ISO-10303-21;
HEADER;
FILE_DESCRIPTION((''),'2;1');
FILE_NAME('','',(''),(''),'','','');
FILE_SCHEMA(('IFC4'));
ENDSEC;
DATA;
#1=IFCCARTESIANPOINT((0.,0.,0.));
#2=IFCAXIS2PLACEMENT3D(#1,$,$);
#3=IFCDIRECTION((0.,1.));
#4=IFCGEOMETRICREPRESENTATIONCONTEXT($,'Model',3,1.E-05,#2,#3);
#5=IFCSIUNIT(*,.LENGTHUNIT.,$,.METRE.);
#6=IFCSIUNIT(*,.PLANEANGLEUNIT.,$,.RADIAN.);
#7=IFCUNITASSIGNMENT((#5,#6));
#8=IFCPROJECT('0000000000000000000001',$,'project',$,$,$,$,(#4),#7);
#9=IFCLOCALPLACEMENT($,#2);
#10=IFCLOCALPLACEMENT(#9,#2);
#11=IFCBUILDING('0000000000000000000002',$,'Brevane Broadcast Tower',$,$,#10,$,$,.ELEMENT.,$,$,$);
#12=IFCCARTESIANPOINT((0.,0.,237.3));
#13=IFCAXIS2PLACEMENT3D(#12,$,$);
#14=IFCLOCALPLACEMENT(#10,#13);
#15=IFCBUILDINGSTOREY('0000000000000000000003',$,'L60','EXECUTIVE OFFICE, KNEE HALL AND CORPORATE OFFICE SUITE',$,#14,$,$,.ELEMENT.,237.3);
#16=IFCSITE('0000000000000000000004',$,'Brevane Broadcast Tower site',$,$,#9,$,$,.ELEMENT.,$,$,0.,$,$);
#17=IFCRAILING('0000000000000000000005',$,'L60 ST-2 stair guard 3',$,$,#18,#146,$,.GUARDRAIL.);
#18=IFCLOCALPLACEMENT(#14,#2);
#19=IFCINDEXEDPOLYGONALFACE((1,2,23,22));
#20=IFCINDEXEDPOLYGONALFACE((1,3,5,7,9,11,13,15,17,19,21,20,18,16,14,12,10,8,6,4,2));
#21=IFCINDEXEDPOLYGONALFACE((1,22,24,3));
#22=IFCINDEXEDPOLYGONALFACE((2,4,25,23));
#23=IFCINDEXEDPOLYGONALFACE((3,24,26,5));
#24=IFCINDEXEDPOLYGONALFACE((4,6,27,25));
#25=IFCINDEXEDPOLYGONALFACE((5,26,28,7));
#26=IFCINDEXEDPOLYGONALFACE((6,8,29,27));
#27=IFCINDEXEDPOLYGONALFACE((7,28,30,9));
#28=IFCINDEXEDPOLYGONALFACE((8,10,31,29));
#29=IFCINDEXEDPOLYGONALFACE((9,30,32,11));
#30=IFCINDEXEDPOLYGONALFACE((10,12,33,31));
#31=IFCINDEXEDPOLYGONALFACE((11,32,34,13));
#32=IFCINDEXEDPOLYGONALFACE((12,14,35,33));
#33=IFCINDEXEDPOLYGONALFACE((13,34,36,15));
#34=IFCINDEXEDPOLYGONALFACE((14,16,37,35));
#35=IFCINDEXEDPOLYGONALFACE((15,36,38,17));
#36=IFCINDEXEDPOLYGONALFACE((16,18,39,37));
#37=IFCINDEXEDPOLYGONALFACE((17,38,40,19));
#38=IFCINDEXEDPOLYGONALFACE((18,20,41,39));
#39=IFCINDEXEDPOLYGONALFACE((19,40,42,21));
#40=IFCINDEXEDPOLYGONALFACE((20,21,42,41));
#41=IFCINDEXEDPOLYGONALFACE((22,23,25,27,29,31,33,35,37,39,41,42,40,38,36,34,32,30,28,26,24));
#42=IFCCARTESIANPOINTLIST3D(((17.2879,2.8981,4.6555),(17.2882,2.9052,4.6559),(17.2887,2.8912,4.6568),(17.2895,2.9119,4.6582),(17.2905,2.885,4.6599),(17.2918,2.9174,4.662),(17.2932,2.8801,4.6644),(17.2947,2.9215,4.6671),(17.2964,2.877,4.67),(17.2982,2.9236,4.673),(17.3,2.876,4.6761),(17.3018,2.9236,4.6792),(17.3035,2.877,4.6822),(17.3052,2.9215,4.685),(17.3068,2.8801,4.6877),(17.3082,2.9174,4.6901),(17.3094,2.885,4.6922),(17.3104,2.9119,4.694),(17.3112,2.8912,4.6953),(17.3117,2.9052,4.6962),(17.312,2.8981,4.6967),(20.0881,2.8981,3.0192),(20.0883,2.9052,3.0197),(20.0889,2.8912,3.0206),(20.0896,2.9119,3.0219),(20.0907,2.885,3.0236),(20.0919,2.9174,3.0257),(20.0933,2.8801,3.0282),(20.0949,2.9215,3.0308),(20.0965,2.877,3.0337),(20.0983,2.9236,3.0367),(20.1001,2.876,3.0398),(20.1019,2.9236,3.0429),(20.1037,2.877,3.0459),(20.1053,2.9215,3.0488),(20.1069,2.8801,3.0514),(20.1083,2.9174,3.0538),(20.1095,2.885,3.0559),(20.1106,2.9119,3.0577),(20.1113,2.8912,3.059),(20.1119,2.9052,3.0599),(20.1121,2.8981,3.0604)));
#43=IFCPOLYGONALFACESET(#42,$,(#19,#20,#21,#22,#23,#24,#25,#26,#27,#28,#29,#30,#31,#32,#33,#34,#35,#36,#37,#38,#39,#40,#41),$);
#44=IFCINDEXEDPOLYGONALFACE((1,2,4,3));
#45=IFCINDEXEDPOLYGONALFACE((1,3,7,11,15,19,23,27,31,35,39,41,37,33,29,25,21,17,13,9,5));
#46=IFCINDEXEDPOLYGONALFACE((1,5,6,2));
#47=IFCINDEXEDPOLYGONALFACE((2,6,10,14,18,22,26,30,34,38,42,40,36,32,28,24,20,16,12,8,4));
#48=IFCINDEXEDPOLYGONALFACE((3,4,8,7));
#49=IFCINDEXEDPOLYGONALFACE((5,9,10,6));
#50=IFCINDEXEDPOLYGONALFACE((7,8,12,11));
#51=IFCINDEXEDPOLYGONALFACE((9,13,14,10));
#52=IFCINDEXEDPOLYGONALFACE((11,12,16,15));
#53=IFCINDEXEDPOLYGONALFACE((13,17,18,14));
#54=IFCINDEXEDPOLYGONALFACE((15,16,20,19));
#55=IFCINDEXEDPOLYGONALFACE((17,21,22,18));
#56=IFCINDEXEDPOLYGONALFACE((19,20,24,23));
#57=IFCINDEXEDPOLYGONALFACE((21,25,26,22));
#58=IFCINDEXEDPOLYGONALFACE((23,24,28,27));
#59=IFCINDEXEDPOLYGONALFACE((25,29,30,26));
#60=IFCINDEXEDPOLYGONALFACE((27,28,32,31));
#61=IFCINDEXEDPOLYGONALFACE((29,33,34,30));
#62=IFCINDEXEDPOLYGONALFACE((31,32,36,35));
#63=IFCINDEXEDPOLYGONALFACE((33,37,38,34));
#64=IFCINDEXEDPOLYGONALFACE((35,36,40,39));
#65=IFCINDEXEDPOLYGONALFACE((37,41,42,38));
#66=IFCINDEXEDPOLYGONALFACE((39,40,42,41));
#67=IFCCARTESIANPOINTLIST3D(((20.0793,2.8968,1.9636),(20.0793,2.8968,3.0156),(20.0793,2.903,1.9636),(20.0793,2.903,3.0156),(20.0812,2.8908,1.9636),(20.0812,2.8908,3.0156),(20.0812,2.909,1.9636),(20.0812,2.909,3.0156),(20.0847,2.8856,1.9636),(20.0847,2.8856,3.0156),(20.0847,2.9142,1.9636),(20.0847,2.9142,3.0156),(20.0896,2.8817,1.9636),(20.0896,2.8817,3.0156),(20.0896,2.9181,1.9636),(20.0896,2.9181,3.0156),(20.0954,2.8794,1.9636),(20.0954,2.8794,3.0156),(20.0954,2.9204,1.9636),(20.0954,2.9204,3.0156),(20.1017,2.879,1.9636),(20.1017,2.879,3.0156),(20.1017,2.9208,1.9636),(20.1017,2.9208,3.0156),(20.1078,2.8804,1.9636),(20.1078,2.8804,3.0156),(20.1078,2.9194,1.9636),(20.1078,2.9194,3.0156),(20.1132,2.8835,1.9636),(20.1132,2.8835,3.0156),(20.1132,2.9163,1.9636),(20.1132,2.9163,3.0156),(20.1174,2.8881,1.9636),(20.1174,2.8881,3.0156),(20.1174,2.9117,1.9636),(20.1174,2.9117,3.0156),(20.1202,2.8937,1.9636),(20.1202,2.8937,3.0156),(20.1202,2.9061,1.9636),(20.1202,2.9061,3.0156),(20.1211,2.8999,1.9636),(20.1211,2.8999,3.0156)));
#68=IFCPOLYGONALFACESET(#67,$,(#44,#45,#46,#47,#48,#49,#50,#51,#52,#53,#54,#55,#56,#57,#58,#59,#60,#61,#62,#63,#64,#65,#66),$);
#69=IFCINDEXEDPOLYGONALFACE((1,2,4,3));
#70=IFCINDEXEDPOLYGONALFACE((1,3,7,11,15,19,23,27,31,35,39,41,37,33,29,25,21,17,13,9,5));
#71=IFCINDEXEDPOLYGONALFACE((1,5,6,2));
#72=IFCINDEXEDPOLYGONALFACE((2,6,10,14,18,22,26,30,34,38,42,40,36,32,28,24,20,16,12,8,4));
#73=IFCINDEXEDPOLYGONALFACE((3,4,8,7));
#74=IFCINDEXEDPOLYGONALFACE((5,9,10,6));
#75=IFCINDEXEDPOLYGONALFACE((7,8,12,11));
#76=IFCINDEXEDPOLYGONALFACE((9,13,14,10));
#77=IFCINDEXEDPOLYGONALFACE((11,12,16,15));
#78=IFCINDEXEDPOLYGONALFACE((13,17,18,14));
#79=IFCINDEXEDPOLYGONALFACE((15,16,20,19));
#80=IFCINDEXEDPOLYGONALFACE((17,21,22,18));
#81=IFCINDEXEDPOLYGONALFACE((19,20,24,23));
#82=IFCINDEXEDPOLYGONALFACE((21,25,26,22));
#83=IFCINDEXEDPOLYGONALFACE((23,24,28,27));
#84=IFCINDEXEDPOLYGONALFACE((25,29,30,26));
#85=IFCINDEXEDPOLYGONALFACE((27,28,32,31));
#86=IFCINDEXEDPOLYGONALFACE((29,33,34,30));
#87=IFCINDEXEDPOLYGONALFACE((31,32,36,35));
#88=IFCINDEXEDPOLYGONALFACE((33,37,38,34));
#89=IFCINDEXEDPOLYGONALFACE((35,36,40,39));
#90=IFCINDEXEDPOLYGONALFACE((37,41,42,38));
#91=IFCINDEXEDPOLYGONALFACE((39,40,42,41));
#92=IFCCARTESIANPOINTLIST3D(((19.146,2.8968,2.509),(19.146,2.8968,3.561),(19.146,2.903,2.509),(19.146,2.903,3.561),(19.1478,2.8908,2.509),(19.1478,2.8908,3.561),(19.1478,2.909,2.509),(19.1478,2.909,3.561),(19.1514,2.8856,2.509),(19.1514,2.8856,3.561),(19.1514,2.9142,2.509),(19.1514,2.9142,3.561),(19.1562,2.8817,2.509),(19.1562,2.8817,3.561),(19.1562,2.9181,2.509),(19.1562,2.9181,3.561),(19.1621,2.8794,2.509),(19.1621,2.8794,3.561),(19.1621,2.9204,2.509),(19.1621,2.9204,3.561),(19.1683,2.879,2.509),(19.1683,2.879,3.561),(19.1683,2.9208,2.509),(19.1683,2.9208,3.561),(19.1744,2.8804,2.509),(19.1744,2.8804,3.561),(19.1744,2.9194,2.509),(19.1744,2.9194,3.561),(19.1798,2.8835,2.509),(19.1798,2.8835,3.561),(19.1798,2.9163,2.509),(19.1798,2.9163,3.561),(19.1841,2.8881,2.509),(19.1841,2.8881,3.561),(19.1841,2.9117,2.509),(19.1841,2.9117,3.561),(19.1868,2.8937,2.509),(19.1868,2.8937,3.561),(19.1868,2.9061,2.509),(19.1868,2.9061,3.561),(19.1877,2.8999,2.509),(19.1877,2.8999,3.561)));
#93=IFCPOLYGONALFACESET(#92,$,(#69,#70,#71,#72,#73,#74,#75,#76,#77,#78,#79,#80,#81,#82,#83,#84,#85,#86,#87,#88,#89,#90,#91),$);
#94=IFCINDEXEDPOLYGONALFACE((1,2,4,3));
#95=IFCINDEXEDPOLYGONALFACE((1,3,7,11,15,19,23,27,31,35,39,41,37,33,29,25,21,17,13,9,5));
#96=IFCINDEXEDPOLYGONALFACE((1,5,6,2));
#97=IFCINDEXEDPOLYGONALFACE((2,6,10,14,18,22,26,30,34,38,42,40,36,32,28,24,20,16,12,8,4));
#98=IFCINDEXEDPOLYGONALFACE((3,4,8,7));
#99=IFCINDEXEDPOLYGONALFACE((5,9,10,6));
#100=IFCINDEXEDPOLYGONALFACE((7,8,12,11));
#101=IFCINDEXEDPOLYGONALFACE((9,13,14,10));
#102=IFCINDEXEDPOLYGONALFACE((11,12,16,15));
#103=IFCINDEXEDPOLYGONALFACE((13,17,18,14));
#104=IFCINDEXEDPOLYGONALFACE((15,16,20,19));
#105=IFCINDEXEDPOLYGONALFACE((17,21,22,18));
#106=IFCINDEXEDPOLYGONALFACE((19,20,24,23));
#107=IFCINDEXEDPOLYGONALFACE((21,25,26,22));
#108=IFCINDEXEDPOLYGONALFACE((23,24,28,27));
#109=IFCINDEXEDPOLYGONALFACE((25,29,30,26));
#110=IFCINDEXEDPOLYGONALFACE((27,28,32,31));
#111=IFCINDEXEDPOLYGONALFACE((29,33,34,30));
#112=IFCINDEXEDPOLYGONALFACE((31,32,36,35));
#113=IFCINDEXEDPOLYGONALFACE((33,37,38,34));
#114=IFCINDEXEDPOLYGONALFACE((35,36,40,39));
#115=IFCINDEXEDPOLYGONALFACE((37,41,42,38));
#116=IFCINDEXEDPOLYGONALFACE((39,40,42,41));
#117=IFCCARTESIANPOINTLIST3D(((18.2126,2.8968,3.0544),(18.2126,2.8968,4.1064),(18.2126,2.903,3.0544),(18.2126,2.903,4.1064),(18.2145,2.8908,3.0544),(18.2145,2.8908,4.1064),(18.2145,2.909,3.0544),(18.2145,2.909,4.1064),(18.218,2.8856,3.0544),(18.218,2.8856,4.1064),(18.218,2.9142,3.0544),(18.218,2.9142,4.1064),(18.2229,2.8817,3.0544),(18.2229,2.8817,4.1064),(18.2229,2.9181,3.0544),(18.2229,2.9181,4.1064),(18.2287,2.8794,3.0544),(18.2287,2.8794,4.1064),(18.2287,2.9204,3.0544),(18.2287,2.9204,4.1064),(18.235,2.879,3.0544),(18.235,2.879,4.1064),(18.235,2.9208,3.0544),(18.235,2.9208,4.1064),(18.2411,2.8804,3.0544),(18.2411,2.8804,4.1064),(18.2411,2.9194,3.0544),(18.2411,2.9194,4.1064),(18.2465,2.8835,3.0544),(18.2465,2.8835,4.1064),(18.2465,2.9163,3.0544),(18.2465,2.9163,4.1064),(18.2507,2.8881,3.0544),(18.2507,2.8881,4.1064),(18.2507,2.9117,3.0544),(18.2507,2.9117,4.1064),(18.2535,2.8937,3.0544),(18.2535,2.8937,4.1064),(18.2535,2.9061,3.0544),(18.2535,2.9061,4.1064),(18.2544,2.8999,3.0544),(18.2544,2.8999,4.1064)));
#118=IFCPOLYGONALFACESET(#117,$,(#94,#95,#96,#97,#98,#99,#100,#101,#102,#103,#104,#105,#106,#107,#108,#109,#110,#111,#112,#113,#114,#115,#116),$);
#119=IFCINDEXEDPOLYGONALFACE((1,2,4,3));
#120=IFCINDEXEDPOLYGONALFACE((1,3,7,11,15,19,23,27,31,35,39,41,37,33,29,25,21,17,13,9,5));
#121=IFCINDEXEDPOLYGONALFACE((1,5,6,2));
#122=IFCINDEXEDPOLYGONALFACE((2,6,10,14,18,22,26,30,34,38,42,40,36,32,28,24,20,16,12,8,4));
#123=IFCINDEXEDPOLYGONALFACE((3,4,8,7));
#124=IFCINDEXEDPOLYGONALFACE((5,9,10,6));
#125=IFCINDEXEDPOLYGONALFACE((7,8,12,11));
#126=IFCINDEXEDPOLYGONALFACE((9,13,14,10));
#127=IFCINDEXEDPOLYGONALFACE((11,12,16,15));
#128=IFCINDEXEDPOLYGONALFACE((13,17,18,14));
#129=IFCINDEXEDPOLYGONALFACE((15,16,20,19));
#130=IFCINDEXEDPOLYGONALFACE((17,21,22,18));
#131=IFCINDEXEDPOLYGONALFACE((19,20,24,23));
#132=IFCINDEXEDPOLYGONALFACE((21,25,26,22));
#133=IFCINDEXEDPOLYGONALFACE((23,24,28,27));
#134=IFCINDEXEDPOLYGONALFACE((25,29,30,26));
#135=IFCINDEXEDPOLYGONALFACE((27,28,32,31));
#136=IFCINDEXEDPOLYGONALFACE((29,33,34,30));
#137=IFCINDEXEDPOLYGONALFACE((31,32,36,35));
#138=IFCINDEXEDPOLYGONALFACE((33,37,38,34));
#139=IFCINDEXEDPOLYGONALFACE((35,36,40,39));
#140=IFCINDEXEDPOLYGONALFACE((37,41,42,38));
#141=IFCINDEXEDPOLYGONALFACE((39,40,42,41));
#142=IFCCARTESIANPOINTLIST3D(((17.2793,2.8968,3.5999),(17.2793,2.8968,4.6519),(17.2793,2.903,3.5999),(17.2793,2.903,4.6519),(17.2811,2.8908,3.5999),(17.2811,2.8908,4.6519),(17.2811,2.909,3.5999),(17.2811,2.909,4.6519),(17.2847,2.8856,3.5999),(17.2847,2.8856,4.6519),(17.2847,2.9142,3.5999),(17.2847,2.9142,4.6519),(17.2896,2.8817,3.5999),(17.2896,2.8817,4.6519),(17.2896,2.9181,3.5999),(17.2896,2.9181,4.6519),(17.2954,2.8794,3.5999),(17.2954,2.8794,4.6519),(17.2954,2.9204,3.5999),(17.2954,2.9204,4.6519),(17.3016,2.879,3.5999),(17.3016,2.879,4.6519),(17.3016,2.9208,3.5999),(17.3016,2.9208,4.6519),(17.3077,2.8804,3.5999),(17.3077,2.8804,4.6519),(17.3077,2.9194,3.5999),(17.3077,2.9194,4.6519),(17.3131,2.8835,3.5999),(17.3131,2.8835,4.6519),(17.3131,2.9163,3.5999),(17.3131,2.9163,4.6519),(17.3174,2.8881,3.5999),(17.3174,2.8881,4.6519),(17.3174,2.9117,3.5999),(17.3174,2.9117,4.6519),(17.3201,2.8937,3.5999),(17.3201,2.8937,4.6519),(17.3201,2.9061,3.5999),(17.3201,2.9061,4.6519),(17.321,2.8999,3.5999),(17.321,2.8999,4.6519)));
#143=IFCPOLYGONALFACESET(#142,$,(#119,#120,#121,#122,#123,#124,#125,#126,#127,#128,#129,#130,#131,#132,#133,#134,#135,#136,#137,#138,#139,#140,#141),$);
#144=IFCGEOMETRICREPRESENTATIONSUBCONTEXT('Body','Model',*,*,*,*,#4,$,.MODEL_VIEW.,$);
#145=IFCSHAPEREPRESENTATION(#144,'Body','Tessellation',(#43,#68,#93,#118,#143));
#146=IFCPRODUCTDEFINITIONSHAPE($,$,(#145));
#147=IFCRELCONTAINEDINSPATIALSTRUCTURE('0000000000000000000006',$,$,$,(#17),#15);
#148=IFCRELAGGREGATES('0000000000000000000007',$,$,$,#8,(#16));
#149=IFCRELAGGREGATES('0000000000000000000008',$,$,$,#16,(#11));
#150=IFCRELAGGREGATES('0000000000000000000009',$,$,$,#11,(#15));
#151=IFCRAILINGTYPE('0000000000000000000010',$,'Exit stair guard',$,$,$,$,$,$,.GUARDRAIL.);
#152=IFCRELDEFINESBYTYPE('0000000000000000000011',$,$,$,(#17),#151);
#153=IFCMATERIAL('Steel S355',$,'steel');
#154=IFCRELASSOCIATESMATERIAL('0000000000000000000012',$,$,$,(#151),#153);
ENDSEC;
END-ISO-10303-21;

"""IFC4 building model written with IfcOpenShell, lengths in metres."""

from ifc_helpers import new_model, si_unit, direction, frame, origin, origin_2d, place, context, subcontext, project, spatial, circle, extrude, material, type_object, element, save


model = new_model("IFC4")

# Units and contexts
model_context = context("Model", 3, precision=1e-05, world=origin(), true_north=direction((0.0, 1.0)))
body_context = subcontext(model_context, "Body", "Model", "MODEL_VIEW")
ifc_project = project(units=[si_unit("LENGTHUNIT", "METRE"), si_unit("PLANEANGLEUNIT", "RADIAN")], contexts=[model_context])

# Site, building, storey
site_placement = place(None, origin())
site = spatial("IfcSite", under=ifc_project, at=site_placement, Name="Brevane Broadcast Tower site", CompositionType="ELEMENT", RefElevation=0.0)
building_placement = place(site_placement, origin())
building = spatial("IfcBuilding", under=site, at=building_placement, Name="Brevane Broadcast Tower", CompositionType="ELEMENT")
storey_placement = place(building_placement, frame((0.0, 0.0, 237.3)))
storey = spatial("IfcBuildingStorey", under=building, at=storey_placement, Name="L60", Description="EXECUTIVE OFFICE, KNEE HALL AND CORPORATE OFFICE SUITE", CompositionType="ELEMENT", Elevation=237.3)

# Railing
ifc_material_1 = material(Name="Steel S355", Category="steel")
railing_type_1 = type_object("IfcRailingType", Name="Exit stair guard", PredefinedType="GUARDRAIL", material=ifc_material_1)
railing_1_placement = place(storey_placement, frame((20.1001, 2.8999, 1.9636)))
element("IfcRailing", 1, at=railing_1_placement, inside=storey, type_object=railing_type_1, Name="L60 ST-2 stair guard 3", PredefinedType="GUARDRAIL", context=body_context, shape_type="SweptSolid", body=[
    extrude(circle(Radius=0.0239, at=origin_2d()), frame((0.0, 0.0, 1.0762), z_axis=(-0.863394, 0.0, 0.504531), x_axis=(0.0, -1.0, 0.0)), (0.0, 0.0, 1.0), 3.2432),
    extrude(circle(Radius=0.021, at=origin_2d()), origin(), (0.0, 0.0, 1.0), 1.052),
    extrude(circle(Radius=0.021, at=origin_2d()), frame((-0.9333, 0.0, 0.5454)), (0.0, 0.0, 1.0), 1.052),
    extrude(circle(Radius=0.021, at=origin_2d()), frame((-1.8667, 0.0, 1.0908)), (0.0, 0.0, 1.0), 1.052),
    extrude(circle(Radius=0.021, at=origin_2d()), frame((-2.8, 0.0, 1.6362)), (0.0, 0.0, 1.0), 1.052),
])

save(model, "model.ifc")
